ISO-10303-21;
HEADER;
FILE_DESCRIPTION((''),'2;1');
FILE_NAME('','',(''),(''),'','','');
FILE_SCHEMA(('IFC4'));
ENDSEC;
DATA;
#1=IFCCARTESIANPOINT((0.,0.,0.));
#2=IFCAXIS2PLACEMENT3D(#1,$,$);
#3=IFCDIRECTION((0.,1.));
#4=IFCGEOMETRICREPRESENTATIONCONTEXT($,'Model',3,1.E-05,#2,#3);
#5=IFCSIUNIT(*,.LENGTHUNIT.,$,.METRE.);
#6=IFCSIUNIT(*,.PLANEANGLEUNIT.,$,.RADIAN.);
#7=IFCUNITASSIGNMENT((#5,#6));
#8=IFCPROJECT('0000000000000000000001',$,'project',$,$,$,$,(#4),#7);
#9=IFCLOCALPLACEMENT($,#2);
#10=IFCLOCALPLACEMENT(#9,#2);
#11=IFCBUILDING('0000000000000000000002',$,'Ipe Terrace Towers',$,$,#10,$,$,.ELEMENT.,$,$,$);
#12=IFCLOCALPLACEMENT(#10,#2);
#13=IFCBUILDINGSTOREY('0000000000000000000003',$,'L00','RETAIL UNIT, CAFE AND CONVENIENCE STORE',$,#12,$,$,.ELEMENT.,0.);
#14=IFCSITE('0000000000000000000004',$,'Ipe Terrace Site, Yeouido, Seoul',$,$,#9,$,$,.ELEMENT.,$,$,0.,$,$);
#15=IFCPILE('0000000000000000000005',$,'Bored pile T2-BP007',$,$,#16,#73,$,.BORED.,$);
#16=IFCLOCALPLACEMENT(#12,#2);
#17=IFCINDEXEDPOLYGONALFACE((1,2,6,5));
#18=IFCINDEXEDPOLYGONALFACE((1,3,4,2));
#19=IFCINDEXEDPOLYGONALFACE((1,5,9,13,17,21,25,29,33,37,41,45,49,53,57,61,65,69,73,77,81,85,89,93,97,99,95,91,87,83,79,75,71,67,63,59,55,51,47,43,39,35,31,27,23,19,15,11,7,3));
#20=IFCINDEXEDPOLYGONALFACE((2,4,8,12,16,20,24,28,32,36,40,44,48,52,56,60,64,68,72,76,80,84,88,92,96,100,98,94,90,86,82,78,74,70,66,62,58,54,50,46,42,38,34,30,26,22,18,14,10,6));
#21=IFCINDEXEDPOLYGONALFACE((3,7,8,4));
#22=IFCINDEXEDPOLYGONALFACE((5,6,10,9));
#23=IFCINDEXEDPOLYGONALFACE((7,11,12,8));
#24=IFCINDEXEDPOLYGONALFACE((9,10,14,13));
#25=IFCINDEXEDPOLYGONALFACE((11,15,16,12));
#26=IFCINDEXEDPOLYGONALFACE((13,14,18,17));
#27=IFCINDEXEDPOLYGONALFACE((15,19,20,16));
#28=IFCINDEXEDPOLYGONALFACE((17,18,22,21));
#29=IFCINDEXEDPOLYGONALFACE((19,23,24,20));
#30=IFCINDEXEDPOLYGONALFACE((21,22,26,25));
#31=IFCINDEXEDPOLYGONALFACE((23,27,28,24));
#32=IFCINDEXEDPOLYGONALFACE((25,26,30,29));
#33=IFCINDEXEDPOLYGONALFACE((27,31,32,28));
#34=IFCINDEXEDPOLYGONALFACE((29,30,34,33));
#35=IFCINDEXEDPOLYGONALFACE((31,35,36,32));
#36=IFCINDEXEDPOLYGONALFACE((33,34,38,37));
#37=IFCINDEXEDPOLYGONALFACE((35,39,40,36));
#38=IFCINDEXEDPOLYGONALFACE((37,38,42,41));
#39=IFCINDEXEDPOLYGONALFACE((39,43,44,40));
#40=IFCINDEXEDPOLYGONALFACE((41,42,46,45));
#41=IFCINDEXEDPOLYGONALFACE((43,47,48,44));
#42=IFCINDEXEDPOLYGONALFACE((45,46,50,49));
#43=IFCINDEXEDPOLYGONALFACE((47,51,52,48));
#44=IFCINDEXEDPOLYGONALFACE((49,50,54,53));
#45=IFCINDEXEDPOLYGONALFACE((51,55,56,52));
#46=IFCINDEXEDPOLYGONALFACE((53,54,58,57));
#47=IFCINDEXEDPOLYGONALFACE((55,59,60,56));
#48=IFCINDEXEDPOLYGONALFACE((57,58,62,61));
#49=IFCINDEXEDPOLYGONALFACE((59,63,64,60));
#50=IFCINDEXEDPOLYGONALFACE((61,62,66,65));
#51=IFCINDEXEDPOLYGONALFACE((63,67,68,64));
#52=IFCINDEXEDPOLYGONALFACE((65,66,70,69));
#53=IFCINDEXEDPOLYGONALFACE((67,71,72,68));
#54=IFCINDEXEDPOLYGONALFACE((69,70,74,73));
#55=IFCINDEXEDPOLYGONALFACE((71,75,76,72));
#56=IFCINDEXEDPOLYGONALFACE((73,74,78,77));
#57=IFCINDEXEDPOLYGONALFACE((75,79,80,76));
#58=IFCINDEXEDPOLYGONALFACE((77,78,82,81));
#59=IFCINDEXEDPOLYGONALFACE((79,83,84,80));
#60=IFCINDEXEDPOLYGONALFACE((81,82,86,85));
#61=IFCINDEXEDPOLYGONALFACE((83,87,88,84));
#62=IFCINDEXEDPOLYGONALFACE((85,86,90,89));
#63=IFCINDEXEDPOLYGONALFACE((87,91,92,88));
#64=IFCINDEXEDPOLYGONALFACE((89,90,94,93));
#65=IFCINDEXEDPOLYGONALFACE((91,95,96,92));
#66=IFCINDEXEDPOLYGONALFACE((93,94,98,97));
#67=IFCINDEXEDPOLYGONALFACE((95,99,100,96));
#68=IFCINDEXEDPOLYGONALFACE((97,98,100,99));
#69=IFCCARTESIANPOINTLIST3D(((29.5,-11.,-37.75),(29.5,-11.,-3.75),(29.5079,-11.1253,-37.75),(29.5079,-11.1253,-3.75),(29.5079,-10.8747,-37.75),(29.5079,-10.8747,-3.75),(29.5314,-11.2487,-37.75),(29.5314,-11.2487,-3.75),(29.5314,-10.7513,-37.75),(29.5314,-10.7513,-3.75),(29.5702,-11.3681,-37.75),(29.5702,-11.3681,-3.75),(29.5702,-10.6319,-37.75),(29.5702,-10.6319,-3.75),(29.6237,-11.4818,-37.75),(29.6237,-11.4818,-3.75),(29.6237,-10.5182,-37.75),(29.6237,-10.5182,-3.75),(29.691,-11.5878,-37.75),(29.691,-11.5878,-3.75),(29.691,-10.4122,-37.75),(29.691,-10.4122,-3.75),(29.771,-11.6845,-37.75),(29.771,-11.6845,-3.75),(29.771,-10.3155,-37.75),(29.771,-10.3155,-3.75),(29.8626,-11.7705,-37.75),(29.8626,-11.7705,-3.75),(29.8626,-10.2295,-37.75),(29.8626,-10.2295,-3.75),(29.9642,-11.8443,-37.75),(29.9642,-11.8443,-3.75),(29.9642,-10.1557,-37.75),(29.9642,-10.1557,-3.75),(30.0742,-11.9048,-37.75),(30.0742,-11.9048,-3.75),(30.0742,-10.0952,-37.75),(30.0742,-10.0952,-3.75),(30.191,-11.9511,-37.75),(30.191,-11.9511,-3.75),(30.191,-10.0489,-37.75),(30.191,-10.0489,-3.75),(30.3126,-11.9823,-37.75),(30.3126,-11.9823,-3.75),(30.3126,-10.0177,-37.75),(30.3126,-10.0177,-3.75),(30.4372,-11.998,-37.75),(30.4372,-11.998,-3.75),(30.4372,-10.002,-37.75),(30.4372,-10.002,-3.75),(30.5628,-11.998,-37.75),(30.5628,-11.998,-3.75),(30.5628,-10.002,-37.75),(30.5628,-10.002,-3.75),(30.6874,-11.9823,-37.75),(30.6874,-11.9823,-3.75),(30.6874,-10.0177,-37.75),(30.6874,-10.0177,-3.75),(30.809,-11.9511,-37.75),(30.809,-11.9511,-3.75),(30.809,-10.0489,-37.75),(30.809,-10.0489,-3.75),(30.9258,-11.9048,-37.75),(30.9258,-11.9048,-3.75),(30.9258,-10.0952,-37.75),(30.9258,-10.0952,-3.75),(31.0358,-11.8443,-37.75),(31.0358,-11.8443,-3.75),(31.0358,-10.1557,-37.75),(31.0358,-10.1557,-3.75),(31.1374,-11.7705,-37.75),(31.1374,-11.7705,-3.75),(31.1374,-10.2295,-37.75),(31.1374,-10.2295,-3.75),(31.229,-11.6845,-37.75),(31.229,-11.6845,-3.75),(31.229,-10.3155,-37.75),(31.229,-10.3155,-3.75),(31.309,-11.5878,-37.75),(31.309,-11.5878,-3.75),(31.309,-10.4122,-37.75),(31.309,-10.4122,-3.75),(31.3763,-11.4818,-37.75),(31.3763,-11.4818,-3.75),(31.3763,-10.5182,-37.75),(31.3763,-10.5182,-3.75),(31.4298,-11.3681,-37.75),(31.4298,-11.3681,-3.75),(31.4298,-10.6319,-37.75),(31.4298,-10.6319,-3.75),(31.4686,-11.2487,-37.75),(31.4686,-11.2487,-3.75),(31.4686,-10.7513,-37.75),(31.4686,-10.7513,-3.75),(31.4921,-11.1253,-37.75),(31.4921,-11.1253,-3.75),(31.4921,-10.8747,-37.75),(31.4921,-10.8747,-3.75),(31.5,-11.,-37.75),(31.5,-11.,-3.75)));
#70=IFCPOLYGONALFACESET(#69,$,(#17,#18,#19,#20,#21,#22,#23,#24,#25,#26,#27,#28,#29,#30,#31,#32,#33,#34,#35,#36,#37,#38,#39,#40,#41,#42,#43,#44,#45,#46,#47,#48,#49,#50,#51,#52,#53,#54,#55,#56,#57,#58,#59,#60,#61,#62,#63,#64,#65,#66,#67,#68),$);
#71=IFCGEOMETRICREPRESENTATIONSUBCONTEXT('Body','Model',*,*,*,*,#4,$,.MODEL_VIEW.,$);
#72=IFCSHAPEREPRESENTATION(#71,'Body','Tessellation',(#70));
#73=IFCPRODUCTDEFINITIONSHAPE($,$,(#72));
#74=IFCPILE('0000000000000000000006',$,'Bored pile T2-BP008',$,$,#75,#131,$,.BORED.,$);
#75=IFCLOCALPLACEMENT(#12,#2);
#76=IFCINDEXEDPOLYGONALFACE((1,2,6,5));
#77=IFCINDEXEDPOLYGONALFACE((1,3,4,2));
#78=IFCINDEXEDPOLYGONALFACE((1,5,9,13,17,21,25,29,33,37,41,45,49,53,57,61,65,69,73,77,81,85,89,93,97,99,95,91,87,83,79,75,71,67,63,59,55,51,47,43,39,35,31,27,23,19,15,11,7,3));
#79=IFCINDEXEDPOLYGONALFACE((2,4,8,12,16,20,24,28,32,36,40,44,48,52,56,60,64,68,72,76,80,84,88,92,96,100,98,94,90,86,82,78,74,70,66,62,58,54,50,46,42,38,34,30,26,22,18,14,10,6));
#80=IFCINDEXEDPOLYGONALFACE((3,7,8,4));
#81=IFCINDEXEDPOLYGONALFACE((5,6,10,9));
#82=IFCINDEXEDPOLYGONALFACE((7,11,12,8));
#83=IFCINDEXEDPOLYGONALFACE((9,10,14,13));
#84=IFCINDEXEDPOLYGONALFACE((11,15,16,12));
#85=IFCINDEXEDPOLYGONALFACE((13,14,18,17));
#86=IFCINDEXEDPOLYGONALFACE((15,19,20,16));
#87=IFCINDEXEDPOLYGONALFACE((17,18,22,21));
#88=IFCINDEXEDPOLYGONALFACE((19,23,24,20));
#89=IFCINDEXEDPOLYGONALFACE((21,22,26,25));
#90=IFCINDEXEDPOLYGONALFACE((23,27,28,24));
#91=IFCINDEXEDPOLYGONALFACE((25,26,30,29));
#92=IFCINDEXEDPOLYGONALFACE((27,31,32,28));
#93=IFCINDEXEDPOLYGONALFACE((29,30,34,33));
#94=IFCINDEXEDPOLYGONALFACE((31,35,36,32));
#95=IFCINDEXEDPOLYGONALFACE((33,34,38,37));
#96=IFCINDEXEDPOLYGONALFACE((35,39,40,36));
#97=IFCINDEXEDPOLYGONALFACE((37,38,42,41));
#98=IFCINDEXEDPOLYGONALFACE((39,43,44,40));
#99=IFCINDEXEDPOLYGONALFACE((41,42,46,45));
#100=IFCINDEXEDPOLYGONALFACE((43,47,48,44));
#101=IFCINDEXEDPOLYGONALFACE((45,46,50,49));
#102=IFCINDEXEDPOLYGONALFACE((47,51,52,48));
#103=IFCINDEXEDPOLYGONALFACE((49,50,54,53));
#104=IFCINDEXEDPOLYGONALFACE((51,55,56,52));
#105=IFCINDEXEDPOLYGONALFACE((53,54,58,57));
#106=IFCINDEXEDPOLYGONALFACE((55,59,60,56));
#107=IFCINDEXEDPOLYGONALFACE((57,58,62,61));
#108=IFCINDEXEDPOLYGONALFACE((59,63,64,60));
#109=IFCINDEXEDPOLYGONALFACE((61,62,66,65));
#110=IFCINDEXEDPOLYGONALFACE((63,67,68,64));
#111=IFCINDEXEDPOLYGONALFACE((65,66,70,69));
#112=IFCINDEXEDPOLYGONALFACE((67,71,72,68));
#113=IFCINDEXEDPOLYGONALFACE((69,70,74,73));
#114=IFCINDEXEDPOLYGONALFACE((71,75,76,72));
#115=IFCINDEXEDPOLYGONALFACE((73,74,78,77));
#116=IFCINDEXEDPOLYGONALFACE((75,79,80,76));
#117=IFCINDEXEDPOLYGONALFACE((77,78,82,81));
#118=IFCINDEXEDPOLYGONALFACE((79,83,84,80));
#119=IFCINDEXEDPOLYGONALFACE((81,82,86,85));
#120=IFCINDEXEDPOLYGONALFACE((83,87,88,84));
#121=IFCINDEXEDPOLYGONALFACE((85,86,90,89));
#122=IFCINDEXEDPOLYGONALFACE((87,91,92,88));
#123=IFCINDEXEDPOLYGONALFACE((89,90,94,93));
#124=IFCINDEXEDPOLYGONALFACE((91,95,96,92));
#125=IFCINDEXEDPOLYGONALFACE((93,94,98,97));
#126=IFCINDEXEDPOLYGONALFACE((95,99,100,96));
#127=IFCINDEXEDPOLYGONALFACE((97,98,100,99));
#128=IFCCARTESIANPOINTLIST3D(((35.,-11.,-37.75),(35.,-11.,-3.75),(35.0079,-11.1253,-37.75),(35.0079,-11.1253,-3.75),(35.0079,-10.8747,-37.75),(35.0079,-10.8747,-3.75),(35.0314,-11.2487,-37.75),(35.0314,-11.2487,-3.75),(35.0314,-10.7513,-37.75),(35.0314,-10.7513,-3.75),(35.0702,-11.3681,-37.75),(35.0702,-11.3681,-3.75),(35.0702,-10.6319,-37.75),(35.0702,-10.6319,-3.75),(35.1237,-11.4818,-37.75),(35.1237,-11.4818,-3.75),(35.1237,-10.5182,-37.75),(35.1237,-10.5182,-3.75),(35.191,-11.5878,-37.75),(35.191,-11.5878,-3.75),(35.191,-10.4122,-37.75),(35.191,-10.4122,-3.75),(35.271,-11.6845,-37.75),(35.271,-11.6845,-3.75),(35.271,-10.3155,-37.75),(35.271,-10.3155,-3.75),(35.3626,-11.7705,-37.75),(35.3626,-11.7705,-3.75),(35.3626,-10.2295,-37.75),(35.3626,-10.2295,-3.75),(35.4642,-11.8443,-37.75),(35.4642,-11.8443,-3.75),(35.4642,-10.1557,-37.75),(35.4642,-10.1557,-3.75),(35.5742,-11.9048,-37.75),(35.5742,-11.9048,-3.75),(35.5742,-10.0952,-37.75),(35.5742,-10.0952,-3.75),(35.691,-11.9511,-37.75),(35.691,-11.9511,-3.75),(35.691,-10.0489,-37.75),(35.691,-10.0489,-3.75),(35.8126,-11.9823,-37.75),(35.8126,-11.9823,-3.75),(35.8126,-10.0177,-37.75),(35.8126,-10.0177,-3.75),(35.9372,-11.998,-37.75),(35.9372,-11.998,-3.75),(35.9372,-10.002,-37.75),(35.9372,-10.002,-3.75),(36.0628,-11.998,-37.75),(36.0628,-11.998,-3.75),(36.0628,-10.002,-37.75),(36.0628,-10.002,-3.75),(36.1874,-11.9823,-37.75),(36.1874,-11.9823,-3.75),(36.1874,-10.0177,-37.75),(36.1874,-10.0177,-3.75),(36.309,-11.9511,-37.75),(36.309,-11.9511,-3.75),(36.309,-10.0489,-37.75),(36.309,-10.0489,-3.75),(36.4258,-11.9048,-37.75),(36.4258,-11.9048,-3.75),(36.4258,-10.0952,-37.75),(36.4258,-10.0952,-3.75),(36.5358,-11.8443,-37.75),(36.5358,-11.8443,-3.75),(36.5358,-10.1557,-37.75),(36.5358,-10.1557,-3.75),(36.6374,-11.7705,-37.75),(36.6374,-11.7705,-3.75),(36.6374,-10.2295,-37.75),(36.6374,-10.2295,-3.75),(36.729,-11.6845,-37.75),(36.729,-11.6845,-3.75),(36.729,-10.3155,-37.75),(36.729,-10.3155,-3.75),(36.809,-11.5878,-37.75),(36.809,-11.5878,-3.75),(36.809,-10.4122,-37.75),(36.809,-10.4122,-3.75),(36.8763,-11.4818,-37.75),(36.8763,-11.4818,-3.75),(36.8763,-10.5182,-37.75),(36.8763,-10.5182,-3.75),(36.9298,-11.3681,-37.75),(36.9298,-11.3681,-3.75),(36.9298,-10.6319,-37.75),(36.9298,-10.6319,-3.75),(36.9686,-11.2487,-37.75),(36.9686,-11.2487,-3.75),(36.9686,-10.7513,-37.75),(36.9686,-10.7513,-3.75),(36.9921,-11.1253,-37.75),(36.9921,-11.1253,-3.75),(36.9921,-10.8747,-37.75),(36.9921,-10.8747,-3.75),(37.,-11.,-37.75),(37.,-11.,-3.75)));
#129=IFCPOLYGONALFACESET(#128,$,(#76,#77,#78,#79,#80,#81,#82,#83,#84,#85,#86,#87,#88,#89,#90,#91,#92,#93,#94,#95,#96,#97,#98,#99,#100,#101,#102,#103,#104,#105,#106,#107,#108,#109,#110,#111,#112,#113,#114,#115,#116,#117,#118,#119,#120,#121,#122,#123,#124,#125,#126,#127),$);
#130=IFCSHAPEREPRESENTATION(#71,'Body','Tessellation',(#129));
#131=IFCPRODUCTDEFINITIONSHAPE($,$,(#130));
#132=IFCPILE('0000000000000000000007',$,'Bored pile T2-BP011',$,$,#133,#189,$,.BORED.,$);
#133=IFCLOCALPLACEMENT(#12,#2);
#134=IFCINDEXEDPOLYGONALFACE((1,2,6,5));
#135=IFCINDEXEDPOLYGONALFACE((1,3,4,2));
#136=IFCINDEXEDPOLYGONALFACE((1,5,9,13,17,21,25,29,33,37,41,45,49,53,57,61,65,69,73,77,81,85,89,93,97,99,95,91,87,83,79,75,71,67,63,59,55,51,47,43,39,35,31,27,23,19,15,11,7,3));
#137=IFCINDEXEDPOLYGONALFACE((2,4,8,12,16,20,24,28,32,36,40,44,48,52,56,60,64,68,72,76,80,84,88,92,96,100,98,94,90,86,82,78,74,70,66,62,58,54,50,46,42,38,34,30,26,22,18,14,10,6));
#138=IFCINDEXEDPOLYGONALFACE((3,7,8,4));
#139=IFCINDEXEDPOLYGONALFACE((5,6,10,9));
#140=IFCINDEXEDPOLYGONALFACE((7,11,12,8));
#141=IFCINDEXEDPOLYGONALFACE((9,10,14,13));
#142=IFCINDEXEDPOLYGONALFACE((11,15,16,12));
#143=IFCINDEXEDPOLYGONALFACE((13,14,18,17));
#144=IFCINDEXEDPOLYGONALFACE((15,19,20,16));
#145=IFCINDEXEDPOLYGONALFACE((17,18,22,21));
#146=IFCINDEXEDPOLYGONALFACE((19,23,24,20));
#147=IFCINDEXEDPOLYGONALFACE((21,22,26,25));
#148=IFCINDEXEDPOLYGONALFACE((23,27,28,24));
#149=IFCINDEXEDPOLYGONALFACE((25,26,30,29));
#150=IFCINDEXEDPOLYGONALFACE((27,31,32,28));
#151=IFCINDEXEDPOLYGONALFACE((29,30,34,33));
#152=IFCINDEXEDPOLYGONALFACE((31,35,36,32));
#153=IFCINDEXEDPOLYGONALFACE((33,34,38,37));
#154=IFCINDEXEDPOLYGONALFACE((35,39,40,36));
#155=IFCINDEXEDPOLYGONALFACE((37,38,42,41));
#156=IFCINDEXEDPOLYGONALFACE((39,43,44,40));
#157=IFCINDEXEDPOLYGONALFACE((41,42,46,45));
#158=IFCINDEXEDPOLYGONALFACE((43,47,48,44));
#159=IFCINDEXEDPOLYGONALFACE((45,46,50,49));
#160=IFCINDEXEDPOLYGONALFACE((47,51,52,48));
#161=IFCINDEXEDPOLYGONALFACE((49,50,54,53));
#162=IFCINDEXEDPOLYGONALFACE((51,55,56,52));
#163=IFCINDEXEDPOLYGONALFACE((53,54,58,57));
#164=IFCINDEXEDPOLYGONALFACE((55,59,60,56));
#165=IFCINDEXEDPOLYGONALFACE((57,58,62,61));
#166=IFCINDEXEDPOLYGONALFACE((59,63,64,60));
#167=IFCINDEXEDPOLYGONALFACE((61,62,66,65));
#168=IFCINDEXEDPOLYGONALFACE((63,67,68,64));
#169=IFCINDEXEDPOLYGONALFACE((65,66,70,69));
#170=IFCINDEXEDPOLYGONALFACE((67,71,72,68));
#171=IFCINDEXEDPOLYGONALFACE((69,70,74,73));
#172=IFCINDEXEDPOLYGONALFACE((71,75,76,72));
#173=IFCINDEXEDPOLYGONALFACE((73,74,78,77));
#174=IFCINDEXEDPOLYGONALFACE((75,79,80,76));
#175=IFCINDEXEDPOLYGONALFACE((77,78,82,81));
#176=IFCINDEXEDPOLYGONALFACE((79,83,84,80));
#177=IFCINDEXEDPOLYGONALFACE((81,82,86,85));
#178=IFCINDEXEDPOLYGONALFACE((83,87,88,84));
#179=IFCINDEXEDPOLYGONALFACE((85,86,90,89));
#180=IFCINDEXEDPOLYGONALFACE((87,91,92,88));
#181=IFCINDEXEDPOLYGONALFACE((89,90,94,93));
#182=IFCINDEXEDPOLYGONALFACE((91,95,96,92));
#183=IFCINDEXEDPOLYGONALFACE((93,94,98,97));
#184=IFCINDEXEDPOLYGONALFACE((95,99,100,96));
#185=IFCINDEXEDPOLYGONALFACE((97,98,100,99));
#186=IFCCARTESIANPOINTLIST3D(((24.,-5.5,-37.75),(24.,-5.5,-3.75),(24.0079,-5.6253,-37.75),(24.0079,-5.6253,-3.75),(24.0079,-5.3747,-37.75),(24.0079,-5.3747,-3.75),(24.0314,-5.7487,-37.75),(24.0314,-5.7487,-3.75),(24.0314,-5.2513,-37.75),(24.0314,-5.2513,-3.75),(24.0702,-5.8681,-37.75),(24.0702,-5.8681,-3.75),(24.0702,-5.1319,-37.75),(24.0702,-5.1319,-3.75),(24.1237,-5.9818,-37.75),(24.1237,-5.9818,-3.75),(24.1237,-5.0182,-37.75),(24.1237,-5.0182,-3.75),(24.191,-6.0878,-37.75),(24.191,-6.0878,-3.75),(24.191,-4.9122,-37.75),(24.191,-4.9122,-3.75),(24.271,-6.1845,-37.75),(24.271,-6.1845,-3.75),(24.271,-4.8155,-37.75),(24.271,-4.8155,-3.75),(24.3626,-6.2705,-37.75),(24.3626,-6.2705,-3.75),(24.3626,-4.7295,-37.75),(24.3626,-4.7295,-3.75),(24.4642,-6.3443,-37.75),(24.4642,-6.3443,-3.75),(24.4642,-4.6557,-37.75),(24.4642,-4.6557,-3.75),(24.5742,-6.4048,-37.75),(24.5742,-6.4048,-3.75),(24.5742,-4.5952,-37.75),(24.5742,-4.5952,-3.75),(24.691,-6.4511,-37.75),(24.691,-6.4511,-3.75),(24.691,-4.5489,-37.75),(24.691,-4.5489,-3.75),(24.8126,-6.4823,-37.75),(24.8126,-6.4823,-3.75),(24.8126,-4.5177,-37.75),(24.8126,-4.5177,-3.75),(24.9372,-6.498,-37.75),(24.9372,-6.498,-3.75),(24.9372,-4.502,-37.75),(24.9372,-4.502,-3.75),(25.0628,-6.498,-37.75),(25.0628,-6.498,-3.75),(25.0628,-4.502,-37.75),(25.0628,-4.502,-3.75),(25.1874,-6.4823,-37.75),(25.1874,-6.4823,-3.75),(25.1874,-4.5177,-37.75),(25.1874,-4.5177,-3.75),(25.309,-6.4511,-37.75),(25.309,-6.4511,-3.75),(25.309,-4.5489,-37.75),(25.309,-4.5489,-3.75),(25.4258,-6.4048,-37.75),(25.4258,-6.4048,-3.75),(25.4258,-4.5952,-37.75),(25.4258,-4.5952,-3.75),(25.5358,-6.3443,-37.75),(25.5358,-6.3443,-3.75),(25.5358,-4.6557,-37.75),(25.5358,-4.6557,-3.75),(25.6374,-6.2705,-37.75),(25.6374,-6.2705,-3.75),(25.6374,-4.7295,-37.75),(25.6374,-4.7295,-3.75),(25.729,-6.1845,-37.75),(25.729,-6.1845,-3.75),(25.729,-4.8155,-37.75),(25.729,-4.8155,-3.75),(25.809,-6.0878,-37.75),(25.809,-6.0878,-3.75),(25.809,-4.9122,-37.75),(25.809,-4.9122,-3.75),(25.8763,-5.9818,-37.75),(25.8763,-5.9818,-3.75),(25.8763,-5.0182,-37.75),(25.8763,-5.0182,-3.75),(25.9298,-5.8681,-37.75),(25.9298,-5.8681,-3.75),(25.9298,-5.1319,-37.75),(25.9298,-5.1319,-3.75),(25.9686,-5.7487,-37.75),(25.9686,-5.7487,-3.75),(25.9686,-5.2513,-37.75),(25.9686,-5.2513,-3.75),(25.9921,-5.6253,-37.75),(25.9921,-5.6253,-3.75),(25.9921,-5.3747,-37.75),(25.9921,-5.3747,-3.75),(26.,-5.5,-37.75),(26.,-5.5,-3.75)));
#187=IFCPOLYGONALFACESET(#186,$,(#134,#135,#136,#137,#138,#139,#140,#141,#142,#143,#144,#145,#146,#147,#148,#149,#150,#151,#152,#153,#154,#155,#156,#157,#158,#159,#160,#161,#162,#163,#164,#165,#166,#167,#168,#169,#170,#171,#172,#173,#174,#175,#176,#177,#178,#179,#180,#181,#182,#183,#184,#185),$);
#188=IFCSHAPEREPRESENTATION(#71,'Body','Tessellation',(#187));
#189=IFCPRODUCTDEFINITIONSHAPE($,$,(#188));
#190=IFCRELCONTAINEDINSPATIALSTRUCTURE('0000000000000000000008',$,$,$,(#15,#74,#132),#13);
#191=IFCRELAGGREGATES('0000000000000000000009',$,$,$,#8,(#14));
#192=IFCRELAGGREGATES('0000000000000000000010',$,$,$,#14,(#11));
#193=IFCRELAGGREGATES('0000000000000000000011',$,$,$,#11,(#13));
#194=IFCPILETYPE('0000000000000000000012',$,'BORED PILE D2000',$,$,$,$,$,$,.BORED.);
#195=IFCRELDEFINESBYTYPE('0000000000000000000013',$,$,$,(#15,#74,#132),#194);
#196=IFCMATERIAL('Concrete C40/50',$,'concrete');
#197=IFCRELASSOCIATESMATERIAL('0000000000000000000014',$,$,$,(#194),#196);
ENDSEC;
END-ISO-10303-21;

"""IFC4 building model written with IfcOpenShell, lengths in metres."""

from ifc_helpers import new_model, si_unit, direction, frame, origin, origin_2d, place, context, subcontext, project, spatial, circle, extrude, material, material_profile, profile_set, type_object, element, save


model = new_model("IFC4")

# Units and contexts
model_context = context("Model", 3, precision=1e-05, world=origin(), true_north=direction((0.0, 1.0)))
body_context = subcontext(model_context, "Body", "Model", "MODEL_VIEW")
ifc_project = project(units=[si_unit("LENGTHUNIT", "METRE"), si_unit("PLANEANGLEUNIT", "RADIAN")], contexts=[model_context])

# Site, building, storey
site_placement = place(None, origin())
site = spatial("IfcSite", under=ifc_project, at=site_placement, Name="Ipe Terrace Site, Yeouido, Seoul", CompositionType="ELEMENT", RefElevation=0.0)
building_placement = place(site_placement, origin())
building = spatial("IfcBuilding", under=site, at=building_placement, Name="Ipe Terrace Towers", CompositionType="ELEMENT")
storey_placement = place(building_placement, origin())
storey = spatial("IfcBuildingStorey", under=building, at=storey_placement, Name="L00", Description="RETAIL UNIT, CAFE AND CONVENIENCE STORE", CompositionType="ELEMENT", Elevation=0.0)

# Piles
ifc_material_1 = material(Name="Concrete C40/50", Category="concrete")
ifc_material_profile_1 = material_profile(ifc_material_1, circle(Radius=1.0, at=origin_2d()), Name="BORED PILE D2000")
ifc_profile_set_1 = profile_set([ifc_material_profile_1], Name="Concrete C40/50")
pile_type = type_object("IfcPileType", Name="BORED PILE D2000", PredefinedType="BORED", material=ifc_profile_set_1)
for number, where, z_axis, x_axis, name in (
    (1, (30.5, -11.0, -3.75), (0.0, 0.0, -1.0), (1.0, 0.0, 0.0), "Bored pile T2-BP007"),
    (2, (36.0, -11.0, -3.75), (0.0, 0.0, -1.0), (1.0, 0.0, 0.0), "Bored pile T2-BP008"),
    (3, (25.0, -5.5, -3.75), (0.0, 0.0, -1.0), (1.0, 0.0, 0.0), "Bored pile T2-BP011"),
):
    element("IfcPile", number, at=place(storey_placement, frame(where, z_axis=z_axis, x_axis=x_axis)), inside=storey, type_object=pile_type, Name=name, PredefinedType="BORED", context=body_context, shape_type="SweptSolid", body=[
        extrude(circle(Radius=1.0, at=origin_2d()), origin(), (0.0, 0.0, 1.0), 34.0),
    ])

save(model, "model.ifc")
